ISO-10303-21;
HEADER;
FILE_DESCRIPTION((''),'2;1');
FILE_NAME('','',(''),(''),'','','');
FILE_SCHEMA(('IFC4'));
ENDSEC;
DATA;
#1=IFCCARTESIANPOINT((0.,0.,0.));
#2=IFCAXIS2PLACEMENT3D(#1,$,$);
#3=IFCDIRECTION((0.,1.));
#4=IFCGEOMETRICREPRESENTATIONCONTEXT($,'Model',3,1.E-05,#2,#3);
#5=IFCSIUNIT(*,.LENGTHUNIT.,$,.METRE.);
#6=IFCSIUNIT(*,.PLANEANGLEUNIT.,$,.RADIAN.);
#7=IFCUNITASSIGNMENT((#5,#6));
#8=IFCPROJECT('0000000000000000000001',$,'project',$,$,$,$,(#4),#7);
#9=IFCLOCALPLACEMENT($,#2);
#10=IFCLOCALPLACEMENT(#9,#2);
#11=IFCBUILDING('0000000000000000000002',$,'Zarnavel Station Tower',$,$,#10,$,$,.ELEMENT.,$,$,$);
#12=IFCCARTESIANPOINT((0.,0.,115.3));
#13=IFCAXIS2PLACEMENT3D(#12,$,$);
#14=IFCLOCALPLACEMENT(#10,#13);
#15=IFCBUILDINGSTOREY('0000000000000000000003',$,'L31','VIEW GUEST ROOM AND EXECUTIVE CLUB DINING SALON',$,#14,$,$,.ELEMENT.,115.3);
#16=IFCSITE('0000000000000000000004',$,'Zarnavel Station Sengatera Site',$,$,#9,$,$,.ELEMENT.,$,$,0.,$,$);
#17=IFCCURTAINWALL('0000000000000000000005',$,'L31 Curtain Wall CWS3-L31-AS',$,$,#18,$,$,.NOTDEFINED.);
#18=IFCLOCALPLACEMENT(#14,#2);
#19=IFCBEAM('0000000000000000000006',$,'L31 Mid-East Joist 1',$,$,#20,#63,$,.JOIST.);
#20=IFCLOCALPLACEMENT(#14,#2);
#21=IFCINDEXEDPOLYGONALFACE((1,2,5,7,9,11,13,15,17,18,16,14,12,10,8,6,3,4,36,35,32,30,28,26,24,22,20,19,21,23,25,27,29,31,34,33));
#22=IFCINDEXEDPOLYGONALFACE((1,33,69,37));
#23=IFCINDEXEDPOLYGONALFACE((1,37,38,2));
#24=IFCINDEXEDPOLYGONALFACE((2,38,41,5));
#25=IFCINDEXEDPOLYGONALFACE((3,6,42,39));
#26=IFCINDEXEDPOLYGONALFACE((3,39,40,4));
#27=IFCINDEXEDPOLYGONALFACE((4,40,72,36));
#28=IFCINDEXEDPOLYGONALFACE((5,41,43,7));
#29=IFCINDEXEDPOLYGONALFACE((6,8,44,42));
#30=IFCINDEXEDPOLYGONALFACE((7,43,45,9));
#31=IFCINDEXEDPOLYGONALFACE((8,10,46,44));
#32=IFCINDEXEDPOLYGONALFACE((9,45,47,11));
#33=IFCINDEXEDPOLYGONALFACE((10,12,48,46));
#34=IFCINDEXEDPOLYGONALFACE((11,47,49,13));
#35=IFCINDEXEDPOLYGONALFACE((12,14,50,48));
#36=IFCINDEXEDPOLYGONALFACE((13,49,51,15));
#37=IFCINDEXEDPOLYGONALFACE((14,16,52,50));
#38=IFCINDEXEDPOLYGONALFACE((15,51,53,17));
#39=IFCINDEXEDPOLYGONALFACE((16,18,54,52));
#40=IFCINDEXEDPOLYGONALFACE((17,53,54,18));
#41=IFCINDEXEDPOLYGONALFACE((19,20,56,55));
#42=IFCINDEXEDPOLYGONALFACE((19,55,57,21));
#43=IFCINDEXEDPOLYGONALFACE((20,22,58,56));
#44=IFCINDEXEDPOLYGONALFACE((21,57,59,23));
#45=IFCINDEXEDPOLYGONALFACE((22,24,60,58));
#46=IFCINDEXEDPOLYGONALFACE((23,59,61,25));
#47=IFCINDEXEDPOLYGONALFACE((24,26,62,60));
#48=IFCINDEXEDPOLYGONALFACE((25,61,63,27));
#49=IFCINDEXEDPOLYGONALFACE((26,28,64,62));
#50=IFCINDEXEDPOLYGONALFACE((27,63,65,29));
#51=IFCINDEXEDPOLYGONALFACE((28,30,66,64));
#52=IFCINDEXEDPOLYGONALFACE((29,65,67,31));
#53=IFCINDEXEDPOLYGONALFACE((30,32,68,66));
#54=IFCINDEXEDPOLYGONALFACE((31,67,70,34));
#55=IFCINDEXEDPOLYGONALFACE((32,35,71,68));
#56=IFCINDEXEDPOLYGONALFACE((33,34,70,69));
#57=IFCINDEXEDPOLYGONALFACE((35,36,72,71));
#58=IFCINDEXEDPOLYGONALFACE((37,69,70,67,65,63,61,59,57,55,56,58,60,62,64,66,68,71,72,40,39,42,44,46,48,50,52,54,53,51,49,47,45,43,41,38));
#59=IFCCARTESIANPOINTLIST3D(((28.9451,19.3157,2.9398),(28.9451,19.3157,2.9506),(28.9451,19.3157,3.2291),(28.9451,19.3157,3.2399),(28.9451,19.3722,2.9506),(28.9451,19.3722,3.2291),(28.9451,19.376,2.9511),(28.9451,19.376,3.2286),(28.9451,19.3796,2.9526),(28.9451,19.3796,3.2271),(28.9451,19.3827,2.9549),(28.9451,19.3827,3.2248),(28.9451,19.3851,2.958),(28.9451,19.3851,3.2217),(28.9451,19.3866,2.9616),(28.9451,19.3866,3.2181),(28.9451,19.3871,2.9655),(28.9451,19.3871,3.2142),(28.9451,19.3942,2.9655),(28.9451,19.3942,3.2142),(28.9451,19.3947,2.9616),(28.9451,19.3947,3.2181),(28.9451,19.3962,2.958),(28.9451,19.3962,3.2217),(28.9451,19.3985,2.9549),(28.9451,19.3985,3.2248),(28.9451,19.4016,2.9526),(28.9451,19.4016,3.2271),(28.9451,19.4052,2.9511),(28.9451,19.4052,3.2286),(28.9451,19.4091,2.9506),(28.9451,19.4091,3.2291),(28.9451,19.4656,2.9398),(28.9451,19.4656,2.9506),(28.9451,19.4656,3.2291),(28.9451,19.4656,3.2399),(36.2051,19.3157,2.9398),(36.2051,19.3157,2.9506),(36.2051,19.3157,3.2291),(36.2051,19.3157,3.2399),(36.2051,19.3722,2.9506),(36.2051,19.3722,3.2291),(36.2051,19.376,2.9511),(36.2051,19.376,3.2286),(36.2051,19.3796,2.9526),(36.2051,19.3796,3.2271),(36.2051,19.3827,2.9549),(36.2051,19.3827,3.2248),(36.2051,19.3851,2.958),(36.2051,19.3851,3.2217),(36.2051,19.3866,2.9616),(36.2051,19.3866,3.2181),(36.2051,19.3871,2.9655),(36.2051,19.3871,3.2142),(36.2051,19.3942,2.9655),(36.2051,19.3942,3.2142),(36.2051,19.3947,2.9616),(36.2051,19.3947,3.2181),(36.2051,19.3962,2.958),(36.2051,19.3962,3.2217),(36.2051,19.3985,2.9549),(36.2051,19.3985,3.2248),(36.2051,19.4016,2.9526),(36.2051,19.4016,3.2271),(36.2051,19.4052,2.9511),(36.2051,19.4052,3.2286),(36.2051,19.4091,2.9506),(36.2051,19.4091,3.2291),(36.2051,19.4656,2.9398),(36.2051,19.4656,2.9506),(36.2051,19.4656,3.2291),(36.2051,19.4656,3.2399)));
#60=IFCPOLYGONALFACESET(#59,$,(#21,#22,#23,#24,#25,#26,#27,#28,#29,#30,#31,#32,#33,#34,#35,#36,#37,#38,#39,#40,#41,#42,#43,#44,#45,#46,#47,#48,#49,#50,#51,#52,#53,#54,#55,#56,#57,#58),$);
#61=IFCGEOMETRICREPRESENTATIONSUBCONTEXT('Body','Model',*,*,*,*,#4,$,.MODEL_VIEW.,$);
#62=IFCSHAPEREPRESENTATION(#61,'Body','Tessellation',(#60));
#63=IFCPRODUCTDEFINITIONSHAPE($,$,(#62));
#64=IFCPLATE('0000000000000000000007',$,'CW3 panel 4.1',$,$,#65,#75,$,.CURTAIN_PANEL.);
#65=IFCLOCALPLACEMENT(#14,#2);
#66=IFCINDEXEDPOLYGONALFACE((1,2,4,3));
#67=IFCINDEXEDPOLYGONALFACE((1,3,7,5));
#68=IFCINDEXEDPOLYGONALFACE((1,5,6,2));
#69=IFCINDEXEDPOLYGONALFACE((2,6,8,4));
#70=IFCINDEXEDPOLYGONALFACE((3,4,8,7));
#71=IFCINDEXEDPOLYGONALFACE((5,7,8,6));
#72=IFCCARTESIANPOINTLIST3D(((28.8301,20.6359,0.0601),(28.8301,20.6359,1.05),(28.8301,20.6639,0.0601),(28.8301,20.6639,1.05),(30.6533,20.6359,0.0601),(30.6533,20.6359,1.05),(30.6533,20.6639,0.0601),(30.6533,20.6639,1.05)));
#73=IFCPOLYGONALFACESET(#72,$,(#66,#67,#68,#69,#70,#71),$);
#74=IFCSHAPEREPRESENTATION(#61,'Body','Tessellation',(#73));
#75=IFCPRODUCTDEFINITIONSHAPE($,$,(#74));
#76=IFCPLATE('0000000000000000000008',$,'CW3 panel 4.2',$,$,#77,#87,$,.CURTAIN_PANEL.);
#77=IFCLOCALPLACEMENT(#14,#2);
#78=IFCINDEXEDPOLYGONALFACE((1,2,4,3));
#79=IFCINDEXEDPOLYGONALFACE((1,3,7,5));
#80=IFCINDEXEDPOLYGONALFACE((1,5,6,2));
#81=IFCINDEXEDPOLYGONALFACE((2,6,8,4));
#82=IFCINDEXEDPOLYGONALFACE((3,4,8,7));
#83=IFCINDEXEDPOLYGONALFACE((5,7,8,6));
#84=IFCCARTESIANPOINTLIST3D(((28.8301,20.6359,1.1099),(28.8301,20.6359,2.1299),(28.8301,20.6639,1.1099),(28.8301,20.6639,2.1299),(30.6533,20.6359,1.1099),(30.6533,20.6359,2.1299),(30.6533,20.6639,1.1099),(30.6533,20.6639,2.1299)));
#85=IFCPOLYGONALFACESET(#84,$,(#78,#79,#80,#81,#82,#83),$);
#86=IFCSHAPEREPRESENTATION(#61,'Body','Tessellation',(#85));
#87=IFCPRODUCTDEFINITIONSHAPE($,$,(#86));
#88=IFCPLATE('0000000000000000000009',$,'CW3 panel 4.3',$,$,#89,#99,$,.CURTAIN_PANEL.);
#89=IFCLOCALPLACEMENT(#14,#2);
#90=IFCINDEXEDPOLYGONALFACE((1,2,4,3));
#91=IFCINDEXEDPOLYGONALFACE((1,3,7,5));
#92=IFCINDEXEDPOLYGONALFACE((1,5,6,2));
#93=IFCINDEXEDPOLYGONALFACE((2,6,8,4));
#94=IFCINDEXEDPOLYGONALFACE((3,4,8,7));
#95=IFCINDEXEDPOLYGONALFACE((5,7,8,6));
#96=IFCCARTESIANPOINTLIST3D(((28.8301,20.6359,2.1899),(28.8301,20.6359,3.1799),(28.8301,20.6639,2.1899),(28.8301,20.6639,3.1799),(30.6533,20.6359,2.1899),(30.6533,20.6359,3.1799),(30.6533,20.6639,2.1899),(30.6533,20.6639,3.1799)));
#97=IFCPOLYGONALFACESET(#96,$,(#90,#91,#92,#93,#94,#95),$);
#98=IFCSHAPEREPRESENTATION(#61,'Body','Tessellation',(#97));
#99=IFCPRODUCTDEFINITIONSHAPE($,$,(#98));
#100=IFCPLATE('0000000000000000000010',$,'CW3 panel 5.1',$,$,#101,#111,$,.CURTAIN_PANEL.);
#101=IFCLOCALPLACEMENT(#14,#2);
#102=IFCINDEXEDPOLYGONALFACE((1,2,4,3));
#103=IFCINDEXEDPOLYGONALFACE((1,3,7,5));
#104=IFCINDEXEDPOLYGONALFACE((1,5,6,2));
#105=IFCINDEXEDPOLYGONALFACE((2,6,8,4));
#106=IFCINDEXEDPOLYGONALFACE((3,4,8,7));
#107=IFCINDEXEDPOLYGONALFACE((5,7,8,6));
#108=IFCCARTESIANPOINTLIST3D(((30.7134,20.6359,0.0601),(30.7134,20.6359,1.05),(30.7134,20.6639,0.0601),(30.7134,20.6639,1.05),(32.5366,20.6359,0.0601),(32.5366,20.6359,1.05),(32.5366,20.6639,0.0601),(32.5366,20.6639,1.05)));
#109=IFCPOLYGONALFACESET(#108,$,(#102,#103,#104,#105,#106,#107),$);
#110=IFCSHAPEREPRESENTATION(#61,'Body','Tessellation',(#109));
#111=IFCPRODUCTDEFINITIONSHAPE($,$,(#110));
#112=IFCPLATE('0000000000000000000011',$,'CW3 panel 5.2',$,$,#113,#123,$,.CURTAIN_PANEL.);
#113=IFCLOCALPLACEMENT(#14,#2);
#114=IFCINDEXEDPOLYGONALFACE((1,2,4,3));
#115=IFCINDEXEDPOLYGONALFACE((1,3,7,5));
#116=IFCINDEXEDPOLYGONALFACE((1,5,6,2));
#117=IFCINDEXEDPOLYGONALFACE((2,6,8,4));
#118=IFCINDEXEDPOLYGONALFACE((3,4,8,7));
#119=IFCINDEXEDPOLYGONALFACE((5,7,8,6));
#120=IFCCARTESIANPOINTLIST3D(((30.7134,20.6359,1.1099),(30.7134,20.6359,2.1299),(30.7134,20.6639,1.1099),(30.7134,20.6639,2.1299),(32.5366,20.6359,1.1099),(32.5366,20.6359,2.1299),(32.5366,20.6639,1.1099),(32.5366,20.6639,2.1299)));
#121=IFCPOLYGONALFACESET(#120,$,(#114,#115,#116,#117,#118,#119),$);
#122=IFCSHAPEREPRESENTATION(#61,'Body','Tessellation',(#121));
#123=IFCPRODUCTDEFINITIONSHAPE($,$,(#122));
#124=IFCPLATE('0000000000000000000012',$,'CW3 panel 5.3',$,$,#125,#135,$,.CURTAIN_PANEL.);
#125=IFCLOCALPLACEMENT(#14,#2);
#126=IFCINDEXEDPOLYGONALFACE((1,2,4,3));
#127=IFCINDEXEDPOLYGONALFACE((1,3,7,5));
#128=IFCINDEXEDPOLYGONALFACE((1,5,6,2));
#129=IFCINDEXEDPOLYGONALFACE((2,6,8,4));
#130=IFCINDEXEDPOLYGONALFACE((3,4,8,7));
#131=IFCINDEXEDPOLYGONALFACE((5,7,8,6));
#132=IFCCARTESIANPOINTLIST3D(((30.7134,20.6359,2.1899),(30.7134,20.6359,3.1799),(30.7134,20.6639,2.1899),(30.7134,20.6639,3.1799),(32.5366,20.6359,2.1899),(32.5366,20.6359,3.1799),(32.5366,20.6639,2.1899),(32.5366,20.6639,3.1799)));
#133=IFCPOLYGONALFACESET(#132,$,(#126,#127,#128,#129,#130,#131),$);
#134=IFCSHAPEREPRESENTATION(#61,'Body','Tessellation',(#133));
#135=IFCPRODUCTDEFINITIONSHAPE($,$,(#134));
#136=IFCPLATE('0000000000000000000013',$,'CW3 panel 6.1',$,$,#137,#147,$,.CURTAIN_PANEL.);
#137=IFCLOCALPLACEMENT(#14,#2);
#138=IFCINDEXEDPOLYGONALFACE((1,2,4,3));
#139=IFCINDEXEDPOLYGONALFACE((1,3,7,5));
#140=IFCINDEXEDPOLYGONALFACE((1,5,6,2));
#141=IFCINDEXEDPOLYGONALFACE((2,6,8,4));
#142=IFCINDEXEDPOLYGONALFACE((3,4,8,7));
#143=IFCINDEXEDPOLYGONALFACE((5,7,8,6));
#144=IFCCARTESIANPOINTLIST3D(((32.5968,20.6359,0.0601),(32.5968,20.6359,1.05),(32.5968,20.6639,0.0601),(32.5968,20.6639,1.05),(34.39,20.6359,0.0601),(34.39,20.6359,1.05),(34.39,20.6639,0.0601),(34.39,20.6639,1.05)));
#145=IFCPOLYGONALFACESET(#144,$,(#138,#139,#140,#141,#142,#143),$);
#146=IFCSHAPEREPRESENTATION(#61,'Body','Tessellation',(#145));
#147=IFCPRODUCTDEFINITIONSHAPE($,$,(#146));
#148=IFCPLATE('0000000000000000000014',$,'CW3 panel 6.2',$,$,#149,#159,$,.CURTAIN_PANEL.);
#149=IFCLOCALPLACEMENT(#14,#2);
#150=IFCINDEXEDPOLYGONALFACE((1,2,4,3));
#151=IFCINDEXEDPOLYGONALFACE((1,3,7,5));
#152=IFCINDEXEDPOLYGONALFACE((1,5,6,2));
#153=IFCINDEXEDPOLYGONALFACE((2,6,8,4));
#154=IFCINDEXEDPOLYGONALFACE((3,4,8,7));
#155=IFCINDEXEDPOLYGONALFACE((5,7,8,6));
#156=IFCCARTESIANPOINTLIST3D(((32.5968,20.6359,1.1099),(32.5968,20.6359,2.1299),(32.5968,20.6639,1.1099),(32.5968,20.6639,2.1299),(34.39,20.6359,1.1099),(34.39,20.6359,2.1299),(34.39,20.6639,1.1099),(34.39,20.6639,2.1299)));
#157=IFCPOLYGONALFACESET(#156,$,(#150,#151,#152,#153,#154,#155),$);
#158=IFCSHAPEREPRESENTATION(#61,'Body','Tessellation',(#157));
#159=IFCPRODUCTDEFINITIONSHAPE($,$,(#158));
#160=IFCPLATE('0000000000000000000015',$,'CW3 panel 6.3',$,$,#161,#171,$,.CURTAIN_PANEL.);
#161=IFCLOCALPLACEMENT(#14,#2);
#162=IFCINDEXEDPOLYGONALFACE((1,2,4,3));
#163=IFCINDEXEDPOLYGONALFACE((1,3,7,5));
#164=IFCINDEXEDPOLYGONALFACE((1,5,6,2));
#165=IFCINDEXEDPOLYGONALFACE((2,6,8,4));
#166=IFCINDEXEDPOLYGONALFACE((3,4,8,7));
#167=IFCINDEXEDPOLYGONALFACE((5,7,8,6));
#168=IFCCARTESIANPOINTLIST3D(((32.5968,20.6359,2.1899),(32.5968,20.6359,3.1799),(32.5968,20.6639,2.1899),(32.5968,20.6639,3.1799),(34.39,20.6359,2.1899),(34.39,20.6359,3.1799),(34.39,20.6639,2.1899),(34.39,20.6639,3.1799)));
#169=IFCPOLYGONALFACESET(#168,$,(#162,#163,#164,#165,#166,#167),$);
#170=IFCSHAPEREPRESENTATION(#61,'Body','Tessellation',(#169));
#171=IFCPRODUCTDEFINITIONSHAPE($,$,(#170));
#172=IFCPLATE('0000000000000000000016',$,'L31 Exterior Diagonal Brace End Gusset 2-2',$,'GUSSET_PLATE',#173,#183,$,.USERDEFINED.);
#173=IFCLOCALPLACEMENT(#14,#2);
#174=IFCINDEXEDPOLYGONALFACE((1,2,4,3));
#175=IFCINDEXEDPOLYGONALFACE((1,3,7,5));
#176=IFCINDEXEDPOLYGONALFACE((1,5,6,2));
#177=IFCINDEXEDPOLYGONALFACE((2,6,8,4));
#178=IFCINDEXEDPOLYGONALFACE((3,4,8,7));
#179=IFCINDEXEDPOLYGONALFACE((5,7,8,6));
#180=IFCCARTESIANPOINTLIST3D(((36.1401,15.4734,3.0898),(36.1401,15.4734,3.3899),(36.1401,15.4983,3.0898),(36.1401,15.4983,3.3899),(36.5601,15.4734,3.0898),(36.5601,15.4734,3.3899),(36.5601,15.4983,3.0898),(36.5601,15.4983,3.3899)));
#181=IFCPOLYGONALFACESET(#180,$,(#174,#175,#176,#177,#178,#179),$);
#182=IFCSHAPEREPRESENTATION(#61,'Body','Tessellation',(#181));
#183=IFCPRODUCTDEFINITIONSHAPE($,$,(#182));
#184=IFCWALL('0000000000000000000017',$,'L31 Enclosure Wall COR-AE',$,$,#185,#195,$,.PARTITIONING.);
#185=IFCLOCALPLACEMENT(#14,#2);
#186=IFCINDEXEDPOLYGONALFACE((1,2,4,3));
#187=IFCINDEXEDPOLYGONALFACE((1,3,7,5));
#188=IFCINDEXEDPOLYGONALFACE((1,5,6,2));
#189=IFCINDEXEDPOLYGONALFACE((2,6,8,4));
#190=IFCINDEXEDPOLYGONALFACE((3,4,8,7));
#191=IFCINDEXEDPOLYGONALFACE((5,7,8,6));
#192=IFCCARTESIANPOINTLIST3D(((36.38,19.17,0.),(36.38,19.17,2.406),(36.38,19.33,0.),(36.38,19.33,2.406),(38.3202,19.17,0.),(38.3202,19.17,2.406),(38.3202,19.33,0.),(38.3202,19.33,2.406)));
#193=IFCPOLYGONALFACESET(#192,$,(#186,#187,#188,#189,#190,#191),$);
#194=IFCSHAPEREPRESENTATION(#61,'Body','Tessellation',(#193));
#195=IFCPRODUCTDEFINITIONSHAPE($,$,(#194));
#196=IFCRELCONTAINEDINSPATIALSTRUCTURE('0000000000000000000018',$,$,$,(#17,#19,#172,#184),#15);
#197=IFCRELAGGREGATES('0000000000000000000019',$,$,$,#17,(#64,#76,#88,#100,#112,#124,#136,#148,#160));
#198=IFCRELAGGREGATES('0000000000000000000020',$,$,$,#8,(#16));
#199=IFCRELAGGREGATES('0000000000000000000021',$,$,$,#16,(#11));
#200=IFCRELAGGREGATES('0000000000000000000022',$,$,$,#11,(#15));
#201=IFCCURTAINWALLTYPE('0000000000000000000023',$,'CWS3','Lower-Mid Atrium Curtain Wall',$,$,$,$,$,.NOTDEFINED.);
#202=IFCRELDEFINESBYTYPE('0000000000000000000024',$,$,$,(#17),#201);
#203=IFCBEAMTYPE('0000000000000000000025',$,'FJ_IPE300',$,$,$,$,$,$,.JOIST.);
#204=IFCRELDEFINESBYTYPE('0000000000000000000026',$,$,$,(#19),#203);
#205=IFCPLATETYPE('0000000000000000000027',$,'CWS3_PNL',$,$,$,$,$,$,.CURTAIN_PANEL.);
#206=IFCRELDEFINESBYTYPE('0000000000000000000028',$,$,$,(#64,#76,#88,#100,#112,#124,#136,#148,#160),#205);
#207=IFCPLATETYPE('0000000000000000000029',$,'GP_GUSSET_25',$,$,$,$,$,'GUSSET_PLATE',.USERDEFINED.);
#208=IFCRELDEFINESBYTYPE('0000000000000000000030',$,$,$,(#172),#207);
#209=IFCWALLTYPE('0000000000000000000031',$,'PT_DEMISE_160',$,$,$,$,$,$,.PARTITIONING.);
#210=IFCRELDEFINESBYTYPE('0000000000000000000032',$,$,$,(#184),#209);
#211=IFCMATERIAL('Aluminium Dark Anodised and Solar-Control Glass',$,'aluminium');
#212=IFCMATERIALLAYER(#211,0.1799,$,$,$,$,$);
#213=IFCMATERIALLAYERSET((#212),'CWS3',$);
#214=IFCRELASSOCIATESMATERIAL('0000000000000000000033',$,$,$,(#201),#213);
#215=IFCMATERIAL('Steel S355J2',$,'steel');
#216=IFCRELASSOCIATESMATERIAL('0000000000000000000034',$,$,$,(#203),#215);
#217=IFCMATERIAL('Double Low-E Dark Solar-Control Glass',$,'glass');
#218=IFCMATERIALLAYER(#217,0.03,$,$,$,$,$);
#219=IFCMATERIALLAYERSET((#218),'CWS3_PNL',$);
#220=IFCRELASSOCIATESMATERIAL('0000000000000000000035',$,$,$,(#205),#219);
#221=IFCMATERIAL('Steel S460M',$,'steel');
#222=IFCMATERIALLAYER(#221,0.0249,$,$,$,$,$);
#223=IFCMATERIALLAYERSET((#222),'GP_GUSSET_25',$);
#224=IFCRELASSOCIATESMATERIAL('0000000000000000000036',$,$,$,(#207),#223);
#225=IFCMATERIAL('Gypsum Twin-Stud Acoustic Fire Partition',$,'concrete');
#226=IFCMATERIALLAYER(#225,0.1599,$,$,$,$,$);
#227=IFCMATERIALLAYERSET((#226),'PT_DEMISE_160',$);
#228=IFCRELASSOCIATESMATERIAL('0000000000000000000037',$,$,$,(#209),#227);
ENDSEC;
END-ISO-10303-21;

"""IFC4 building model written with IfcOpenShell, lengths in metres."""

from ifc_helpers import new_model, si_unit, direction, frame, frame_2d, origin, origin_2d, place, context, subcontext, project, spatial, rectangle, i_section, extrude, material, layer, layer_set, material_profile, profile_set, type_object, element, aggregate, save


model = new_model("IFC4")

# Units and contexts
model_context = context("Model", 3, precision=1e-05, world=origin(), true_north=direction((0.0, 1.0)))
body_context = subcontext(model_context, "Body", "Model", "MODEL_VIEW")
ifc_project = project(units=[si_unit("LENGTHUNIT", "METRE"), si_unit("PLANEANGLEUNIT", "RADIAN")], contexts=[model_context])

# Site, building, storey
site_placement = place(None, origin())
site = spatial("IfcSite", under=ifc_project, at=site_placement, Name="Zarnavel Station Sengatera Site", CompositionType="ELEMENT", RefElevation=0.0)
building_placement = place(site_placement, origin())
building = spatial("IfcBuilding", under=site, at=building_placement, Name="Zarnavel Station Tower", CompositionType="ELEMENT")
storey_placement = place(building_placement, frame((0.0, 0.0, 115.3)))
storey = spatial("IfcBuildingStorey", under=building, at=storey_placement, Name="L31", Description="VIEW GUEST ROOM AND EXECUTIVE CLUB DINING SALON", CompositionType="ELEMENT", Elevation=115.3)

# Curtain wall
ifc_material_1 = material(Name="Aluminium Dark Anodised and Solar-Control Glass", Category="aluminium")
ifc_layer_1 = layer(ifc_material_1, 0.1799)
ifc_layer_set_1 = layer_set([ifc_layer_1], Name="CWS3")
curtain_wall_type = type_object("IfcCurtainWallType", Name="CWS3", Description="Lower-Mid Atrium Curtain Wall", PredefinedType="NOTDEFINED", material=ifc_layer_set_1)
curtain_wall_placement = place(storey_placement, origin())
curtain_wall = element("IfcCurtainWall", 1, at=curtain_wall_placement, inside=storey, type_object=curtain_wall_type, Name="L31 Curtain Wall CWS3-L31-AS", PredefinedType="NOTDEFINED")

# Beam
ifc_material_2 = material(Name="Steel S355J2", Category="steel")
ifc_material_profile_1 = material_profile(ifc_material_2, i_section(OverallWidth=0.1499, OverallDepth=0.3, WebThickness=0.0071, FlangeThickness=0.0107, FilletRadius=0.0149, at=origin_2d()), Name="IPE300")
ifc_profile_set_1 = profile_set([ifc_material_profile_1], Name="Steel S355J2")
beam_type_1 = type_object("IfcBeamType", Name="FJ_IPE300", PredefinedType="JOIST", material=ifc_profile_set_1)
beam_1_placement = place(storey_placement, frame((28.9451, 19.3906, 3.0898), z_axis=(1.0, 0.0, 0.0), x_axis=(0.0, 1.0, 0.0)))
element("IfcBeam", 2, at=beam_1_placement, inside=storey, type_object=beam_type_1, Name="L31 Mid-East Joist 1", PredefinedType="JOIST", context=body_context, shape_type="SweptSolid", body=[
    extrude(i_section(OverallWidth=0.1499, OverallDepth=0.3, WebThickness=0.0071, FlangeThickness=0.0107, FilletRadius=0.0149, at=origin_2d()), origin(), (0.0, 0.0, 1.0), 7.26),
])

# Plates
ifc_material_3 = material(Name="Double Low-E Dark Solar-Control Glass", Category="glass")
ifc_layer_2 = layer(ifc_material_3, 0.03)
ifc_layer_set_2 = layer_set([ifc_layer_2], Name="CWS3_PNL")
plate_type_1 = type_object("IfcPlateType", Name="CWS3_PNL", PredefinedType="CURTAIN_PANEL", material=ifc_layer_set_2)
plate_1_placement = place(storey_placement, frame((29.7417, 20.6499, 0.0601), z_axis=(0.0, 0.0, 1.0), x_axis=(1.0, 0.0, 0.0)))
plate_1 = element("IfcPlate", 3, at=plate_1_placement, type_object=plate_type_1, Name="CW3 panel 4.1", PredefinedType="CURTAIN_PANEL", context=body_context, shape_type="SweptSolid", body=[
    extrude(rectangle(XDim=1.8232, YDim=0.0281, at=origin_2d()), origin(), (0.0, 0.0, 1.0), 0.99),
])
plate_2_placement = place(storey_placement, frame((29.7417, 20.6499, 1.1099), z_axis=(0.0, 0.0, 1.0), x_axis=(1.0, 0.0, 0.0)))
plate_2 = element("IfcPlate", 4, at=plate_2_placement, type_object=plate_type_1, Name="CW3 panel 4.2", PredefinedType="CURTAIN_PANEL", context=body_context, shape_type="SweptSolid", body=[
    extrude(rectangle(XDim=1.8232, YDim=0.0281, at=origin_2d()), origin(), (0.0, 0.0, 1.0), 1.02),
])
plate_3_placement = place(storey_placement, frame((29.7417, 20.6499, 2.1899), z_axis=(0.0, 0.0, 1.0), x_axis=(1.0, 0.0, 0.0)))
plate_3 = element("IfcPlate", 5, at=plate_3_placement, type_object=plate_type_1, Name="CW3 panel 4.3", PredefinedType="CURTAIN_PANEL", context=body_context, shape_type="SweptSolid", body=[
    extrude(rectangle(XDim=1.8232, YDim=0.0281, at=origin_2d()), origin(), (0.0, 0.0, 1.0), 0.99),
])
plate_4_placement = place(storey_placement, frame((31.625, 20.6499, 0.0601), z_axis=(0.0, 0.0, 1.0), x_axis=(1.0, 0.0, 0.0)))
plate_4 = element("IfcPlate", 6, at=plate_4_placement, type_object=plate_type_1, Name="CW3 panel 5.1", PredefinedType="CURTAIN_PANEL", context=body_context, shape_type="SweptSolid", body=[
    extrude(rectangle(XDim=1.8232, YDim=0.0281, at=origin_2d()), origin(), (0.0, 0.0, 1.0), 0.99),
])
plate_5_placement = place(storey_placement, frame((31.625, 20.6499, 1.1099), z_axis=(0.0, 0.0, 1.0), x_axis=(1.0, 0.0, 0.0)))
plate_5 = element("IfcPlate", 7, at=plate_5_placement, type_object=plate_type_1, Name="CW3 panel 5.2", PredefinedType="CURTAIN_PANEL", context=body_context, shape_type="SweptSolid", body=[
    extrude(rectangle(XDim=1.8232, YDim=0.0281, at=origin_2d()), origin(), (0.0, 0.0, 1.0), 1.02),
])
plate_6_placement = place(storey_placement, frame((31.625, 20.6499, 2.1899), z_axis=(0.0, 0.0, 1.0), x_axis=(1.0, 0.0, 0.0)))
plate_6 = element("IfcPlate", 8, at=plate_6_placement, type_object=plate_type_1, Name="CW3 panel 5.3", PredefinedType="CURTAIN_PANEL", context=body_context, shape_type="SweptSolid", body=[
    extrude(rectangle(XDim=1.8232, YDim=0.0281, at=origin_2d()), origin(), (0.0, 0.0, 1.0), 0.99),
])
plate_7_placement = place(storey_placement, frame((33.4934, 20.6499, 0.0601), z_axis=(0.0, 0.0, 1.0), x_axis=(1.0, 0.0, 0.0)))
plate_7 = element("IfcPlate", 9, at=plate_7_placement, type_object=plate_type_1, Name="CW3 panel 6.1", PredefinedType="CURTAIN_PANEL", context=body_context, shape_type="SweptSolid", body=[
    extrude(rectangle(XDim=1.7932, YDim=0.0281, at=origin_2d()), origin(), (0.0, 0.0, 1.0), 0.99),
])
plate_8_placement = place(storey_placement, frame((33.4934, 20.6499, 1.1099), z_axis=(0.0, 0.0, 1.0), x_axis=(1.0, 0.0, 0.0)))
plate_8 = element("IfcPlate", 10, at=plate_8_placement, type_object=plate_type_1, Name="CW3 panel 6.2", PredefinedType="CURTAIN_PANEL", context=body_context, shape_type="SweptSolid", body=[
    extrude(rectangle(XDim=1.7932, YDim=0.0281, at=origin_2d()), origin(), (0.0, 0.0, 1.0), 1.02),
])
plate_9_placement = place(storey_placement, frame((33.4934, 20.6499, 2.1899), z_axis=(0.0, 0.0, 1.0), x_axis=(1.0, 0.0, 0.0)))
plate_9 = element("IfcPlate", 11, at=plate_9_placement, type_object=plate_type_1, Name="CW3 panel 6.3", PredefinedType="CURTAIN_PANEL", context=body_context, shape_type="SweptSolid", body=[
    extrude(rectangle(XDim=1.7932, YDim=0.0281, at=origin_2d()), origin(), (0.0, 0.0, 1.0), 0.99),
])
aggregate(curtain_wall, [plate_1, plate_2, plate_3, plate_4, plate_5, plate_6, plate_7, plate_8, plate_9])
ifc_material_4 = material(Name="Steel S460M", Category="steel")
ifc_layer_3 = layer(ifc_material_4, 0.0249)
ifc_layer_set_3 = layer_set([ifc_layer_3], Name="GP_GUSSET_25")
plate_type_2 = type_object("IfcPlateType", Name="GP_GUSSET_25", ElementType="GUSSET_PLATE", PredefinedType="USERDEFINED", material=ifc_layer_set_3)
plate_10_placement = place(storey_placement, frame((36.3501, 15.4858, 3.0898), z_axis=(0.0, 0.0, 1.0), x_axis=(1.0, 0.0, 0.0)))
element("IfcPlate", 12, at=plate_10_placement, inside=storey, type_object=plate_type_2, Name="L31 Exterior Diagonal Brace End Gusset 2-2", ObjectType="GUSSET_PLATE", PredefinedType="USERDEFINED", context=body_context, shape_type="SweptSolid", body=[
    extrude(rectangle(XDim=0.4199, YDim=0.0249, at=origin_2d()), origin(), (0.0, 0.0, 1.0), 0.3),
])

# Wall
ifc_material_5 = material(Name="Gypsum Twin-Stud Acoustic Fire Partition", Category="concrete")
ifc_layer_4 = layer(ifc_material_5, 0.1599)
ifc_layer_set_4 = layer_set([ifc_layer_4], Name="PT_DEMISE_160")
wall_type_1 = type_object("IfcWallType", Name="PT_DEMISE_160", PredefinedType="PARTITIONING", material=ifc_layer_set_4)
wall_1_placement = place(storey_placement, frame((36.3799, 19.25, 0.0), z_axis=(0.0, 0.0, 1.0), x_axis=(1.0, 0.0, 0.0)))
element("IfcWall", 13, at=wall_1_placement, inside=storey, type_object=wall_type_1, Name="L31 Enclosure Wall COR-AE", PredefinedType="PARTITIONING", context=body_context, shape_type="SweptSolid", body=[
    extrude(rectangle(XDim=1.9402, YDim=0.1599, at=frame_2d((0.9702, 0.0))), origin(), (0.0, 0.0, 1.0), 2.406),
])

save(model, "model.ifc")
